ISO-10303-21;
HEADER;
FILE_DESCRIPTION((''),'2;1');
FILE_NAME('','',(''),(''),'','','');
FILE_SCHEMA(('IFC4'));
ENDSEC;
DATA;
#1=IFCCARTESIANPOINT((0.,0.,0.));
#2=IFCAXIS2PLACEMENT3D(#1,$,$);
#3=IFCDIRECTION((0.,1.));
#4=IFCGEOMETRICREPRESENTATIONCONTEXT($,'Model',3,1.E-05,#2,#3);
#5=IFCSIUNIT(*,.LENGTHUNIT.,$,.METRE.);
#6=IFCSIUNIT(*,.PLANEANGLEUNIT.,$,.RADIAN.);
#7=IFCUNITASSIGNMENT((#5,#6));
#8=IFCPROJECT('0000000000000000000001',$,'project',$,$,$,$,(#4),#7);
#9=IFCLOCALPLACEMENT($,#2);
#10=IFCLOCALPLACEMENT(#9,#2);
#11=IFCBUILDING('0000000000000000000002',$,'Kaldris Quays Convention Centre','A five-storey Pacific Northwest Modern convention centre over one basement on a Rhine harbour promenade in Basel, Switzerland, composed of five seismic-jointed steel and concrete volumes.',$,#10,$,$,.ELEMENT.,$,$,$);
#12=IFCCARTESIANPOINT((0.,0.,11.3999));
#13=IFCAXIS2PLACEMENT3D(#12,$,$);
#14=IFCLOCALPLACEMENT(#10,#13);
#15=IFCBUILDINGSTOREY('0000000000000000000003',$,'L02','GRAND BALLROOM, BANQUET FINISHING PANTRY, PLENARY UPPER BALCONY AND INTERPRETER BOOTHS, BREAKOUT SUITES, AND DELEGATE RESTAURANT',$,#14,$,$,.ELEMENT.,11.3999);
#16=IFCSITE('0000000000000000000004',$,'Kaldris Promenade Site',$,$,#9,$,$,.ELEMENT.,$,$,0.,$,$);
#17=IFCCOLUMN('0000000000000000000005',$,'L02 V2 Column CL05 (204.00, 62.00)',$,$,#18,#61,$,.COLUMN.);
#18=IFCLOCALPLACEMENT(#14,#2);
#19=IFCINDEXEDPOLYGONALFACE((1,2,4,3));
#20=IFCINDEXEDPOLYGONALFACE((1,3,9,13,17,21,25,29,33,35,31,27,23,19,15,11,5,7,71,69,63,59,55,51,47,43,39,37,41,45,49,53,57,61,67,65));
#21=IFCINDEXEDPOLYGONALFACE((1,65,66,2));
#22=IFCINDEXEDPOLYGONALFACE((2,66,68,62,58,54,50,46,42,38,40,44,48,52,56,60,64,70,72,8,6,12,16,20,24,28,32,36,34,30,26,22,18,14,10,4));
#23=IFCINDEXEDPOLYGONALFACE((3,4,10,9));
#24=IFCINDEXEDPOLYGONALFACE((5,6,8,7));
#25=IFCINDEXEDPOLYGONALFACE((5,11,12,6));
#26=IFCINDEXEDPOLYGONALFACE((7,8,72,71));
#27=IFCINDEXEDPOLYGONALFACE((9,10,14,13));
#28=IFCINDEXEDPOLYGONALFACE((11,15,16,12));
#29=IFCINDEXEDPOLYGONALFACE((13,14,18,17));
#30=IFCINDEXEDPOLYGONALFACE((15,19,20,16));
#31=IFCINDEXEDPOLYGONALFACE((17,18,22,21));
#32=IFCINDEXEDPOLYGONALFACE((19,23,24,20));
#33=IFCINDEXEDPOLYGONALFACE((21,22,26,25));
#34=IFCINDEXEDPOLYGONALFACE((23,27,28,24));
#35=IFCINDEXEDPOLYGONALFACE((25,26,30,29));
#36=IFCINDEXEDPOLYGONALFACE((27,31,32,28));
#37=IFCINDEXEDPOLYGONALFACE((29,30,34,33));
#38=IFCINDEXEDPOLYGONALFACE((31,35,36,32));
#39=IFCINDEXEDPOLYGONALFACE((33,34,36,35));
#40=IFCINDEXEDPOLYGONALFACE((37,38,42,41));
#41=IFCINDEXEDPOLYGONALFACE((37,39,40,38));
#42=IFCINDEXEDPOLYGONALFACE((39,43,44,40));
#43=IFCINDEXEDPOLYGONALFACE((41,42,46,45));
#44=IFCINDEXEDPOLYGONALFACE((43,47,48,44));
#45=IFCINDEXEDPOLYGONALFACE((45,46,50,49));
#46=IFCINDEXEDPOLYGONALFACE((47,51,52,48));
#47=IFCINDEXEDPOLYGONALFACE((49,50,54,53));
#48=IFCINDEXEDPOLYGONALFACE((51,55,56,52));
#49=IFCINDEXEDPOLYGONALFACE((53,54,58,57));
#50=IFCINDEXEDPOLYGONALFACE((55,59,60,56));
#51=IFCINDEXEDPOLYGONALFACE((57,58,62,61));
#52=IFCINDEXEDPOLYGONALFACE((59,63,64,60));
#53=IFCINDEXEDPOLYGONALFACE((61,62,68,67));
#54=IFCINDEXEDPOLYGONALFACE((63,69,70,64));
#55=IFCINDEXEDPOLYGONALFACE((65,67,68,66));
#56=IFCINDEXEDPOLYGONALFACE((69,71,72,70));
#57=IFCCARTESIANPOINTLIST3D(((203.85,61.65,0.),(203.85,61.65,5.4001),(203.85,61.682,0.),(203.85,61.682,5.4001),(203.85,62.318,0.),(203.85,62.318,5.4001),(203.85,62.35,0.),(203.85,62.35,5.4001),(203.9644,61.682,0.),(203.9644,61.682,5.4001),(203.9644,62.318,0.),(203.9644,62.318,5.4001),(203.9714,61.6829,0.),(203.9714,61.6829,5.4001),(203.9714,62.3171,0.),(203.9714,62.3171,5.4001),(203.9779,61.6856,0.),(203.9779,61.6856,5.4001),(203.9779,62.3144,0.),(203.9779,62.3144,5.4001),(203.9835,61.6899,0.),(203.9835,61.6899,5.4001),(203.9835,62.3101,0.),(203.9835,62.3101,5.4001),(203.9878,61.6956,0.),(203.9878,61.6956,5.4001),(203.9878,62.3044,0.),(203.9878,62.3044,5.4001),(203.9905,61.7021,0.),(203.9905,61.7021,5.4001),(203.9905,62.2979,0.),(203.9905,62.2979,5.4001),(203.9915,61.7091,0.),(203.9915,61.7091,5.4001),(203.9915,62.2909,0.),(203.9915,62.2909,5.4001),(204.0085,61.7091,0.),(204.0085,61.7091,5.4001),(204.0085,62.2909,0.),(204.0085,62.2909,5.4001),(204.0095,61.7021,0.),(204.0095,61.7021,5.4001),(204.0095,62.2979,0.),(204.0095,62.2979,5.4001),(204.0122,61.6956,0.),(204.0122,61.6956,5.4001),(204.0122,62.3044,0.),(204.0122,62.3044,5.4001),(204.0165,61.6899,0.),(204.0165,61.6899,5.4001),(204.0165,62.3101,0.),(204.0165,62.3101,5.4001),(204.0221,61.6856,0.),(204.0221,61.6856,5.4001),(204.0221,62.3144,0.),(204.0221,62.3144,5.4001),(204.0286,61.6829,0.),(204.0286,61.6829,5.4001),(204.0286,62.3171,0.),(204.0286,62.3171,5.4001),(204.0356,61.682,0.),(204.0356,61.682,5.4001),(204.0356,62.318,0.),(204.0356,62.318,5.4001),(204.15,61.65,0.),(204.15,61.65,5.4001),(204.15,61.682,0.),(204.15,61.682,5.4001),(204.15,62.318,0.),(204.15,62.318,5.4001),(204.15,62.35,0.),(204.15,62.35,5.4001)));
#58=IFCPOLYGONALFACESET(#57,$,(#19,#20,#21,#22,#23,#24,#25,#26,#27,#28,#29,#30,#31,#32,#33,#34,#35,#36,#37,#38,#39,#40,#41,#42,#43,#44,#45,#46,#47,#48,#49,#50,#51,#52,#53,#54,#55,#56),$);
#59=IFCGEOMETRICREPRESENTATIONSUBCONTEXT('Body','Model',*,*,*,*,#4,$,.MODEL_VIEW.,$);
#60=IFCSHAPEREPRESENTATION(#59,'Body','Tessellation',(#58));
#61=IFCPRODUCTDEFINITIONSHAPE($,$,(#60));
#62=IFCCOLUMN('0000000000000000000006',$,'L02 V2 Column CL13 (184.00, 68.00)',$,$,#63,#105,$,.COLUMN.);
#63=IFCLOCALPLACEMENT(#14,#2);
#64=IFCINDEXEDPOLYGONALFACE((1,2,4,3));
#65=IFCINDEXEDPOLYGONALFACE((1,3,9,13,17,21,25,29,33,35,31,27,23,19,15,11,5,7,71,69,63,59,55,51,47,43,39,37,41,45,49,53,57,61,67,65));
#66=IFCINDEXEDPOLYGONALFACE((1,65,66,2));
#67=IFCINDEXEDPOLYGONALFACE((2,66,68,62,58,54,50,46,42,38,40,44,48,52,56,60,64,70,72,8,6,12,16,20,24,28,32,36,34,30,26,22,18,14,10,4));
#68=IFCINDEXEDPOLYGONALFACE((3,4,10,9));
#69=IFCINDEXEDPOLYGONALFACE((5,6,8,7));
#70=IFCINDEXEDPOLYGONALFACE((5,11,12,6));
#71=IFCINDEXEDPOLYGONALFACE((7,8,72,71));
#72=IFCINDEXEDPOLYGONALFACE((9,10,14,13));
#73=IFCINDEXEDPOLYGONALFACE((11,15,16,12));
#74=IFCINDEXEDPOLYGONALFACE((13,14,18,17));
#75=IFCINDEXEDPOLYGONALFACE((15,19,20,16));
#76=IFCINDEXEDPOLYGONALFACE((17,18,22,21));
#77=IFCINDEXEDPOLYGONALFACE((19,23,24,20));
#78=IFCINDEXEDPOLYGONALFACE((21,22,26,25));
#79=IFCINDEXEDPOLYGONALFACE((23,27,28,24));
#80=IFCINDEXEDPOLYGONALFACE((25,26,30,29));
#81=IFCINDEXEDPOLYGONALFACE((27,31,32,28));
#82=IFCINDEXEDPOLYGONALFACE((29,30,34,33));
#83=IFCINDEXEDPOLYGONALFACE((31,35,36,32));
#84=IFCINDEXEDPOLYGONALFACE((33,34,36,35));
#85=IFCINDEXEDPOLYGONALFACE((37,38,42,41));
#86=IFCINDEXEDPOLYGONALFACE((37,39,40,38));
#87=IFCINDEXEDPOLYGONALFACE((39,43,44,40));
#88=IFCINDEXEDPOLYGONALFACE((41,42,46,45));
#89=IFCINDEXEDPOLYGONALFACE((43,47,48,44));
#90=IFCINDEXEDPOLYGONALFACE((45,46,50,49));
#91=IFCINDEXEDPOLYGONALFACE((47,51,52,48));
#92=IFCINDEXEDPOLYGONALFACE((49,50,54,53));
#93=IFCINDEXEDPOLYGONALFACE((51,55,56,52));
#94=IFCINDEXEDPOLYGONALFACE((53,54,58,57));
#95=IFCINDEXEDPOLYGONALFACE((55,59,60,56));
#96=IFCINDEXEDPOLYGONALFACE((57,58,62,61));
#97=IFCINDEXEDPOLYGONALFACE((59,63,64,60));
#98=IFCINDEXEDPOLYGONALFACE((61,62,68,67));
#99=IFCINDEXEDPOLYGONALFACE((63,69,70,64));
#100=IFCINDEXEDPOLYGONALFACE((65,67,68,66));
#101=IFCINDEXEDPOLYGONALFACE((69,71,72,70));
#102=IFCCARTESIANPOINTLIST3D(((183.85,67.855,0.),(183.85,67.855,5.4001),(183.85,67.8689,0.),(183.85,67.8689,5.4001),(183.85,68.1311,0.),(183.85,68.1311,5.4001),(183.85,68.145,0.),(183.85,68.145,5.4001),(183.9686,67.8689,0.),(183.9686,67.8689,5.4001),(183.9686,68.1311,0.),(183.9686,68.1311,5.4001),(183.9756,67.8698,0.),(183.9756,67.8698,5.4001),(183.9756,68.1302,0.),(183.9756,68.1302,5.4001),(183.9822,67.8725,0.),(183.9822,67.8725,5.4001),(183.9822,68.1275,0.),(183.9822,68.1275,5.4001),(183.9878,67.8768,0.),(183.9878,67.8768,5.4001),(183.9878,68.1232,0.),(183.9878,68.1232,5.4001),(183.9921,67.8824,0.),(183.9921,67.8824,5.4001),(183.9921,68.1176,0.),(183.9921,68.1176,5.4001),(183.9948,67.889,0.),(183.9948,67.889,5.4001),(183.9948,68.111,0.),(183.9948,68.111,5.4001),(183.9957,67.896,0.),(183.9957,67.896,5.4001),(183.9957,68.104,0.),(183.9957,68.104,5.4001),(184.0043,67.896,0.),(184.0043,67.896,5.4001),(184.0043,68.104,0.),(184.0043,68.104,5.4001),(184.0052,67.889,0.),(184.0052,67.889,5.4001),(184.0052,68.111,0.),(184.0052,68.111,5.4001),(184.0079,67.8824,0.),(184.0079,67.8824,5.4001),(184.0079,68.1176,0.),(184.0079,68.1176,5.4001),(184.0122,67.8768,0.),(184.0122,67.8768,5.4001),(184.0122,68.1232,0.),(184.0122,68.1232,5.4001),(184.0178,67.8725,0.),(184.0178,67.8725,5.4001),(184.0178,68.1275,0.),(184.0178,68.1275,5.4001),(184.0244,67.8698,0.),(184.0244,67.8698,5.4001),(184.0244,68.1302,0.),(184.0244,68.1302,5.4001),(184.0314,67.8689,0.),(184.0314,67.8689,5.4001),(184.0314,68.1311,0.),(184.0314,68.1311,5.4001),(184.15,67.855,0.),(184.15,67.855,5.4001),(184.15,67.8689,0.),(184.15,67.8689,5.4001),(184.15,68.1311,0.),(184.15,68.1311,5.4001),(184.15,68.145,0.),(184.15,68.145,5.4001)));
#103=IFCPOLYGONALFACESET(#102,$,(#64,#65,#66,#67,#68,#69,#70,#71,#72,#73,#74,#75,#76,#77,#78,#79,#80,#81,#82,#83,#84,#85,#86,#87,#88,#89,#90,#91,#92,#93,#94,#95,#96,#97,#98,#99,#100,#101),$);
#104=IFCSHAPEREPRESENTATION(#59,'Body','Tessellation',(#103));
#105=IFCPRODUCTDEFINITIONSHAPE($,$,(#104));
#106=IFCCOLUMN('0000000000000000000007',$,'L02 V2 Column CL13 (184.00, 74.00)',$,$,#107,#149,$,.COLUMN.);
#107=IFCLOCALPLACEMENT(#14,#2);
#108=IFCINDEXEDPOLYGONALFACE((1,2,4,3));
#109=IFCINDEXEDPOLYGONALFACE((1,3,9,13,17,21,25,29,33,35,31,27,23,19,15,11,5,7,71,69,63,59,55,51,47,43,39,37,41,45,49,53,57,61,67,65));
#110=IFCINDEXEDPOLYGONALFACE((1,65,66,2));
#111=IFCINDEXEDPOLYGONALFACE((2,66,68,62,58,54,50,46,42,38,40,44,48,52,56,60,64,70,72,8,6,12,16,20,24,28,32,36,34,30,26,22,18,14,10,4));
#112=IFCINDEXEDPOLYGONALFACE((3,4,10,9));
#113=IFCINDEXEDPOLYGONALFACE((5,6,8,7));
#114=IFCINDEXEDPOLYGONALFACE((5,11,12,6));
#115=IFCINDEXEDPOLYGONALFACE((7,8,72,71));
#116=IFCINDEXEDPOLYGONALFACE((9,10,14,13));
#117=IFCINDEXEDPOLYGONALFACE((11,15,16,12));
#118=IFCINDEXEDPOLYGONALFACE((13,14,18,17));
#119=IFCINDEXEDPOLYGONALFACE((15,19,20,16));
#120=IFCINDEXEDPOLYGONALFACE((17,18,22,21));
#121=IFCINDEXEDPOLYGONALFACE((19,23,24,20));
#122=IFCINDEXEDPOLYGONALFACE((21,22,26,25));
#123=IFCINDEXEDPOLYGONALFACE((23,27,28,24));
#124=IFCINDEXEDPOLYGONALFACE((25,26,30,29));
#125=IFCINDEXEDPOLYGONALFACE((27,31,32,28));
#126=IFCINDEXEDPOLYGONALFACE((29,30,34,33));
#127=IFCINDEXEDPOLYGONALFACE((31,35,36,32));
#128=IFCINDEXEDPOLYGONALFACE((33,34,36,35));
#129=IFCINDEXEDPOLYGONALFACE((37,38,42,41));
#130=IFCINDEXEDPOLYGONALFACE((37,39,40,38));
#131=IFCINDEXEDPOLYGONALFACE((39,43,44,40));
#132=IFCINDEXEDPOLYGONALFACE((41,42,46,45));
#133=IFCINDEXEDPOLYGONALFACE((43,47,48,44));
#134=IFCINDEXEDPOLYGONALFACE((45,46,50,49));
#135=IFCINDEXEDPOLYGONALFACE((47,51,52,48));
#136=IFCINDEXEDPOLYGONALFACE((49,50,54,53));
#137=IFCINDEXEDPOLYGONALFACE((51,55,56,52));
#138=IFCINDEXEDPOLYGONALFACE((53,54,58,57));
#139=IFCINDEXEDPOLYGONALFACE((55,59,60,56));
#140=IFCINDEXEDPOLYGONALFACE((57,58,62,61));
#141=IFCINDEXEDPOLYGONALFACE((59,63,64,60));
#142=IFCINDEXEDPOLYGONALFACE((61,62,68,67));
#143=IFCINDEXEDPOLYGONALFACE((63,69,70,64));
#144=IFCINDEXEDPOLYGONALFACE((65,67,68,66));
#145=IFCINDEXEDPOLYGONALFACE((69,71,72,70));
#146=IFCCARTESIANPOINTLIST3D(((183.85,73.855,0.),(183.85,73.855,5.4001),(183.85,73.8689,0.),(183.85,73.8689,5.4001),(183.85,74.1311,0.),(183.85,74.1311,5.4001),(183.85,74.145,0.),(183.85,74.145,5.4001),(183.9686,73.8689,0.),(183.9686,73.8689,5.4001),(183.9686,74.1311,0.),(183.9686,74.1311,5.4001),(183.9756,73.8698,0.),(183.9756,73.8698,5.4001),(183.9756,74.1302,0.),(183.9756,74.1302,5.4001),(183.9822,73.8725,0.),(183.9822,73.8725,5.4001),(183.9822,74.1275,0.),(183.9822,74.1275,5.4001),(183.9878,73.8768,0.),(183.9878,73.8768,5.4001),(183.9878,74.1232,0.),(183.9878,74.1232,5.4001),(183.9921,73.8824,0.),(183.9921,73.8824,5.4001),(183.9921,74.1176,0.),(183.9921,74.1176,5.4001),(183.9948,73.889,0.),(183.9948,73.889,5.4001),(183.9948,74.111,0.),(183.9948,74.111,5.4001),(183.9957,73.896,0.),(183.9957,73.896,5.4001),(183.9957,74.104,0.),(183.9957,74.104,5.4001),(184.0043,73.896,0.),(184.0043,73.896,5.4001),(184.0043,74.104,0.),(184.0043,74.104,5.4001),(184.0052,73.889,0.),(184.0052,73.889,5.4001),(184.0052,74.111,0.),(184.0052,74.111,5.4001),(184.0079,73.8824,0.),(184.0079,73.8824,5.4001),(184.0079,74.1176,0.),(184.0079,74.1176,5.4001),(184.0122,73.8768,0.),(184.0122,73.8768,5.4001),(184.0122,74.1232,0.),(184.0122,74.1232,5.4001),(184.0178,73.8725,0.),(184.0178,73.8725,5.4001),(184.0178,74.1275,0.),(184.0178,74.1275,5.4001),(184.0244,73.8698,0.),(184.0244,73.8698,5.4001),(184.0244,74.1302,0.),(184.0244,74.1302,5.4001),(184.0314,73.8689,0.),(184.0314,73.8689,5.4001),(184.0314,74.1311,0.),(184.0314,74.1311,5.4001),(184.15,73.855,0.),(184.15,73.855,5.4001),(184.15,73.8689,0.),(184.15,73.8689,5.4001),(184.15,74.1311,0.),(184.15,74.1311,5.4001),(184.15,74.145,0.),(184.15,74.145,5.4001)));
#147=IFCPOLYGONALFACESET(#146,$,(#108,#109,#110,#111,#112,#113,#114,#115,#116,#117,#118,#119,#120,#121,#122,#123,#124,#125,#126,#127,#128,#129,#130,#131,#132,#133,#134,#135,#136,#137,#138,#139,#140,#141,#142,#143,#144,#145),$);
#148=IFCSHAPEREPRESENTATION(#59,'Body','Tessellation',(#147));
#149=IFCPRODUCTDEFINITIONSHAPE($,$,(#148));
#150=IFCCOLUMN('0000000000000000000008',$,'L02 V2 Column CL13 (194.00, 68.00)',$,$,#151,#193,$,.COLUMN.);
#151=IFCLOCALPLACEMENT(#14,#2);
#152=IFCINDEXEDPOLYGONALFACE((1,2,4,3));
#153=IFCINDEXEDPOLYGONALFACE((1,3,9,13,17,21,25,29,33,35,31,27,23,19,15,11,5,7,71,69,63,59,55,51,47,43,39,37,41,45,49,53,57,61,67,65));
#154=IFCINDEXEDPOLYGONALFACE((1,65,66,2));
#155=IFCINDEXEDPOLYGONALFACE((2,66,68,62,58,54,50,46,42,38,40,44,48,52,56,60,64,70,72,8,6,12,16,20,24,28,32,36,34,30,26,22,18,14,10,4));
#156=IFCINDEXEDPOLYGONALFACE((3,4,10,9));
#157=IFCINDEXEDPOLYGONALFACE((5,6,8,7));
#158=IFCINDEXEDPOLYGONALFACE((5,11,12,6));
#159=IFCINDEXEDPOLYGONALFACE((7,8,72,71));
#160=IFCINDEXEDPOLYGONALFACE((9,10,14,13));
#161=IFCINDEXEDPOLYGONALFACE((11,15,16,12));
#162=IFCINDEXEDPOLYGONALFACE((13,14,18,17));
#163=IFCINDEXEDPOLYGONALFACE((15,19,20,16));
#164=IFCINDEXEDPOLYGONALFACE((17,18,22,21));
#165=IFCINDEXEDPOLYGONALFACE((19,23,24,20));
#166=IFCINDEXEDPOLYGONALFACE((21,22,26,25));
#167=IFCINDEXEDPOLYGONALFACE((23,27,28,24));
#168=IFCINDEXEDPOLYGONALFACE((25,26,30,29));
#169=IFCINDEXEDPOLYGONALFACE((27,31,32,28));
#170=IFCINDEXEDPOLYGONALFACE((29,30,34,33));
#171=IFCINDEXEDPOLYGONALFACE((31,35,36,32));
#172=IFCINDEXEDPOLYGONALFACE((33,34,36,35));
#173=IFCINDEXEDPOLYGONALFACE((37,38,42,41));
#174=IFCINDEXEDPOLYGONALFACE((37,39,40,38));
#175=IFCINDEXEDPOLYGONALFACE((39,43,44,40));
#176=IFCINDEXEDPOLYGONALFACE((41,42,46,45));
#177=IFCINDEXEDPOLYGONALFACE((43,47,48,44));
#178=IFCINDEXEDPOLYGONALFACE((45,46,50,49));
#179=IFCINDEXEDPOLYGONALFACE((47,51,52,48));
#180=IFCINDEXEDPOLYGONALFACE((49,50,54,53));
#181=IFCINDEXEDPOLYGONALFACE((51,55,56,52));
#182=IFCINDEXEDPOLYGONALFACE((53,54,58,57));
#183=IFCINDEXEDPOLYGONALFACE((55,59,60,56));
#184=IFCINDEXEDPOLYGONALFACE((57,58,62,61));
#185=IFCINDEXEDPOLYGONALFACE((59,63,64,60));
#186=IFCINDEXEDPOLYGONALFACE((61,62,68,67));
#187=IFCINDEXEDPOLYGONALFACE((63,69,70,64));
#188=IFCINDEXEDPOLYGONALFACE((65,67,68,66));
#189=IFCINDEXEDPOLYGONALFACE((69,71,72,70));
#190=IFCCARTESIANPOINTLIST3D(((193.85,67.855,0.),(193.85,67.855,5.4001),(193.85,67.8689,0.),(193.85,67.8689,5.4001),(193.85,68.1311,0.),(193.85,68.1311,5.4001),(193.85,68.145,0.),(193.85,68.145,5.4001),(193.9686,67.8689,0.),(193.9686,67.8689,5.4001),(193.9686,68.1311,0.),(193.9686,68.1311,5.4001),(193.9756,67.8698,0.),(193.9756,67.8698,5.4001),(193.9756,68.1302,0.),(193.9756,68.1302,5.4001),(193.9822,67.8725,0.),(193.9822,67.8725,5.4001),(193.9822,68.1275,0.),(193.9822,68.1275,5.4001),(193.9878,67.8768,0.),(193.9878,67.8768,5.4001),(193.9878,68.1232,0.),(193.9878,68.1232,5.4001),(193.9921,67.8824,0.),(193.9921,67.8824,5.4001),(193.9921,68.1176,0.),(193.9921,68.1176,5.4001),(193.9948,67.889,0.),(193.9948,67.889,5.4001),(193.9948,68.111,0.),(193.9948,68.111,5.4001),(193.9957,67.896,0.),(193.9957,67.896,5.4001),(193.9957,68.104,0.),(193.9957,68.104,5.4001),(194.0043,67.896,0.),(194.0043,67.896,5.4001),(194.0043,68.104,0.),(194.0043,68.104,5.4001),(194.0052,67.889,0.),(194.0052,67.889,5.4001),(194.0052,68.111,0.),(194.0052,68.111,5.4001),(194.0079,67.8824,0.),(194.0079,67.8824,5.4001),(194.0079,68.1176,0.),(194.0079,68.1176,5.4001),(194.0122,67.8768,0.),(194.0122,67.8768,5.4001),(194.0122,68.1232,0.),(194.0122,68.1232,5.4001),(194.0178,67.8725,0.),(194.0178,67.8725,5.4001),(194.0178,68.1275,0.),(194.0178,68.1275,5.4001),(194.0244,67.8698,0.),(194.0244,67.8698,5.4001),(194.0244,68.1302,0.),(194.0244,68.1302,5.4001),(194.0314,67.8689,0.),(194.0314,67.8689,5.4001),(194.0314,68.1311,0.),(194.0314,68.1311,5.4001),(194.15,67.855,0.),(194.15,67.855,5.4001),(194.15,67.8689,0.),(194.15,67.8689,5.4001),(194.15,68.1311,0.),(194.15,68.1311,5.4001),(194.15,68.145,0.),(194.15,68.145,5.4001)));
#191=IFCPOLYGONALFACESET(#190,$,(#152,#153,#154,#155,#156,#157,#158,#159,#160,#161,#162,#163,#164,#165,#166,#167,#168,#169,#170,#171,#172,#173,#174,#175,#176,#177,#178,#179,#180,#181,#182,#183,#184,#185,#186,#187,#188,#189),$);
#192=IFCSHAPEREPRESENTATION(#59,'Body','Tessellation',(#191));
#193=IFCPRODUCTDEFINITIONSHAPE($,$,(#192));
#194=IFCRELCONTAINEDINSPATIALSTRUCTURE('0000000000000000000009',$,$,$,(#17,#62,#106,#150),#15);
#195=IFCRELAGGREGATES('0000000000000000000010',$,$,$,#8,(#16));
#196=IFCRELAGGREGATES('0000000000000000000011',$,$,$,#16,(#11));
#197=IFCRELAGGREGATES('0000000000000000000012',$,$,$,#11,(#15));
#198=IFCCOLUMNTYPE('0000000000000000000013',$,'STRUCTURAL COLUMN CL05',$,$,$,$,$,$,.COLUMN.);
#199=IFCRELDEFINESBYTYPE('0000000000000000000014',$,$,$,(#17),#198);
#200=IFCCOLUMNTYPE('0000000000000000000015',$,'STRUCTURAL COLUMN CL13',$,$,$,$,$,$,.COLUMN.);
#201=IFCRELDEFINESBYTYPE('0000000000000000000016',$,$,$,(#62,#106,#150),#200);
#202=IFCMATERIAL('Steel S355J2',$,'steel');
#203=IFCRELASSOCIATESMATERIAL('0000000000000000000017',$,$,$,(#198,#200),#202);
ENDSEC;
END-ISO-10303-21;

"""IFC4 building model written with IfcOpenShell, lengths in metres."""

from ifc_helpers import new_model, si_unit, direction, frame, origin, origin_2d, place, context, subcontext, project, spatial, i_section, extrude, material, material_profile, profile_set, type_object, element, save


model = new_model("IFC4")

# Units and contexts
model_context = context("Model", 3, precision=1e-05, world=origin(), true_north=direction((0.0, 1.0)))
body_context = subcontext(model_context, "Body", "Model", "MODEL_VIEW")
ifc_project = project(units=[si_unit("LENGTHUNIT", "METRE"), si_unit("PLANEANGLEUNIT", "RADIAN")], contexts=[model_context])

# Site, building, storey
site_placement = place(None, origin())
site = spatial("IfcSite", under=ifc_project, at=site_placement, Name="Kaldris Promenade Site", CompositionType="ELEMENT", RefElevation=0.0)
building_placement = place(site_placement, origin())
building = spatial("IfcBuilding", under=site, at=building_placement, Name="Kaldris Quays Convention Centre", Description="A five-storey Pacific Northwest Modern convention centre over one basement on a Rhine harbour promenade in Basel, Switzerland, composed of five seismic-jointed steel and concrete volumes.", CompositionType="ELEMENT")
storey_placement = place(building_placement, frame((0.0, 0.0, 11.3999)))
storey = spatial("IfcBuildingStorey", under=building, at=storey_placement, Name="L02", Description="GRAND BALLROOM, BANQUET FINISHING PANTRY, PLENARY UPPER BALCONY AND INTERPRETER BOOTHS, BREAKOUT SUITES, AND DELEGATE RESTAURANT", CompositionType="ELEMENT", Elevation=11.3999)

# Columns
ifc_material_1 = material(Name="Steel S355J2", Category="steel")
ifc_material_profile_1 = material_profile(ifc_material_1, i_section(OverallWidth=0.3, OverallDepth=0.7, WebThickness=0.0171, FlangeThickness=0.032, FilletRadius=0.0271, at=origin_2d()), Name="HEB 700")
ifc_profile_set_1 = profile_set([ifc_material_profile_1], Name="Steel S355J2")
column_type_1 = type_object("IfcColumnType", Name="STRUCTURAL COLUMN CL05", PredefinedType="COLUMN", material=ifc_profile_set_1)
column_placement = place(storey_placement, frame((204.0, 62.0, 0.0), z_axis=(0.0, 0.0, 1.0), x_axis=(1.0, 0.0, 0.0)))
element("IfcColumn", 1, at=column_placement, inside=storey, type_object=column_type_1, Name="L02 V2 Column CL05 (204.00, 62.00)", PredefinedType="COLUMN", context=body_context, shape_type="SweptSolid", body=[
    extrude(i_section(OverallWidth=0.3, OverallDepth=0.7, WebThickness=0.0171, FlangeThickness=0.032, FilletRadius=0.0271, at=origin_2d()), origin(), (0.0, 0.0, 1.0), 5.4001),
])
ifc_material_profile_2 = material_profile(ifc_material_1, i_section(OverallWidth=0.3, OverallDepth=0.29, WebThickness=0.0085, FlangeThickness=0.0139, FilletRadius=0.0271, at=origin_2d()), Name="HEA 300")
ifc_profile_set_2 = profile_set([ifc_material_profile_2], Name="Steel S355J2")
column_type_2 = type_object("IfcColumnType", Name="STRUCTURAL COLUMN CL13", PredefinedType="COLUMN", material=ifc_profile_set_2)
for number, where, z_axis, x_axis, name in (
    (2, (184.0, 68.0, 0.0), (0.0, 0.0, 1.0), (1.0, 0.0, 0.0), "L02 V2 Column CL13 (184.00, 68.00)"),
    (3, (184.0, 74.0, 0.0), (0.0, 0.0, 1.0), (1.0, 0.0, 0.0), "L02 V2 Column CL13 (184.00, 74.00)"),
    (4, (194.0, 68.0, 0.0), (0.0, 0.0, 1.0), (1.0, 0.0, 0.0), "L02 V2 Column CL13 (194.00, 68.00)"),
):
    element("IfcColumn", number, at=place(storey_placement, frame(where, z_axis=z_axis, x_axis=x_axis)), inside=storey, type_object=column_type_2, Name=name, PredefinedType="COLUMN", context=body_context, shape_type="SweptSolid", body=[
        extrude(i_section(OverallWidth=0.3, OverallDepth=0.29, WebThickness=0.0085, FlangeThickness=0.0139, FilletRadius=0.0271, at=origin_2d()), origin(), (0.0, 0.0, 1.0), 5.4001),
    ])

save(model, "model.ifc")
